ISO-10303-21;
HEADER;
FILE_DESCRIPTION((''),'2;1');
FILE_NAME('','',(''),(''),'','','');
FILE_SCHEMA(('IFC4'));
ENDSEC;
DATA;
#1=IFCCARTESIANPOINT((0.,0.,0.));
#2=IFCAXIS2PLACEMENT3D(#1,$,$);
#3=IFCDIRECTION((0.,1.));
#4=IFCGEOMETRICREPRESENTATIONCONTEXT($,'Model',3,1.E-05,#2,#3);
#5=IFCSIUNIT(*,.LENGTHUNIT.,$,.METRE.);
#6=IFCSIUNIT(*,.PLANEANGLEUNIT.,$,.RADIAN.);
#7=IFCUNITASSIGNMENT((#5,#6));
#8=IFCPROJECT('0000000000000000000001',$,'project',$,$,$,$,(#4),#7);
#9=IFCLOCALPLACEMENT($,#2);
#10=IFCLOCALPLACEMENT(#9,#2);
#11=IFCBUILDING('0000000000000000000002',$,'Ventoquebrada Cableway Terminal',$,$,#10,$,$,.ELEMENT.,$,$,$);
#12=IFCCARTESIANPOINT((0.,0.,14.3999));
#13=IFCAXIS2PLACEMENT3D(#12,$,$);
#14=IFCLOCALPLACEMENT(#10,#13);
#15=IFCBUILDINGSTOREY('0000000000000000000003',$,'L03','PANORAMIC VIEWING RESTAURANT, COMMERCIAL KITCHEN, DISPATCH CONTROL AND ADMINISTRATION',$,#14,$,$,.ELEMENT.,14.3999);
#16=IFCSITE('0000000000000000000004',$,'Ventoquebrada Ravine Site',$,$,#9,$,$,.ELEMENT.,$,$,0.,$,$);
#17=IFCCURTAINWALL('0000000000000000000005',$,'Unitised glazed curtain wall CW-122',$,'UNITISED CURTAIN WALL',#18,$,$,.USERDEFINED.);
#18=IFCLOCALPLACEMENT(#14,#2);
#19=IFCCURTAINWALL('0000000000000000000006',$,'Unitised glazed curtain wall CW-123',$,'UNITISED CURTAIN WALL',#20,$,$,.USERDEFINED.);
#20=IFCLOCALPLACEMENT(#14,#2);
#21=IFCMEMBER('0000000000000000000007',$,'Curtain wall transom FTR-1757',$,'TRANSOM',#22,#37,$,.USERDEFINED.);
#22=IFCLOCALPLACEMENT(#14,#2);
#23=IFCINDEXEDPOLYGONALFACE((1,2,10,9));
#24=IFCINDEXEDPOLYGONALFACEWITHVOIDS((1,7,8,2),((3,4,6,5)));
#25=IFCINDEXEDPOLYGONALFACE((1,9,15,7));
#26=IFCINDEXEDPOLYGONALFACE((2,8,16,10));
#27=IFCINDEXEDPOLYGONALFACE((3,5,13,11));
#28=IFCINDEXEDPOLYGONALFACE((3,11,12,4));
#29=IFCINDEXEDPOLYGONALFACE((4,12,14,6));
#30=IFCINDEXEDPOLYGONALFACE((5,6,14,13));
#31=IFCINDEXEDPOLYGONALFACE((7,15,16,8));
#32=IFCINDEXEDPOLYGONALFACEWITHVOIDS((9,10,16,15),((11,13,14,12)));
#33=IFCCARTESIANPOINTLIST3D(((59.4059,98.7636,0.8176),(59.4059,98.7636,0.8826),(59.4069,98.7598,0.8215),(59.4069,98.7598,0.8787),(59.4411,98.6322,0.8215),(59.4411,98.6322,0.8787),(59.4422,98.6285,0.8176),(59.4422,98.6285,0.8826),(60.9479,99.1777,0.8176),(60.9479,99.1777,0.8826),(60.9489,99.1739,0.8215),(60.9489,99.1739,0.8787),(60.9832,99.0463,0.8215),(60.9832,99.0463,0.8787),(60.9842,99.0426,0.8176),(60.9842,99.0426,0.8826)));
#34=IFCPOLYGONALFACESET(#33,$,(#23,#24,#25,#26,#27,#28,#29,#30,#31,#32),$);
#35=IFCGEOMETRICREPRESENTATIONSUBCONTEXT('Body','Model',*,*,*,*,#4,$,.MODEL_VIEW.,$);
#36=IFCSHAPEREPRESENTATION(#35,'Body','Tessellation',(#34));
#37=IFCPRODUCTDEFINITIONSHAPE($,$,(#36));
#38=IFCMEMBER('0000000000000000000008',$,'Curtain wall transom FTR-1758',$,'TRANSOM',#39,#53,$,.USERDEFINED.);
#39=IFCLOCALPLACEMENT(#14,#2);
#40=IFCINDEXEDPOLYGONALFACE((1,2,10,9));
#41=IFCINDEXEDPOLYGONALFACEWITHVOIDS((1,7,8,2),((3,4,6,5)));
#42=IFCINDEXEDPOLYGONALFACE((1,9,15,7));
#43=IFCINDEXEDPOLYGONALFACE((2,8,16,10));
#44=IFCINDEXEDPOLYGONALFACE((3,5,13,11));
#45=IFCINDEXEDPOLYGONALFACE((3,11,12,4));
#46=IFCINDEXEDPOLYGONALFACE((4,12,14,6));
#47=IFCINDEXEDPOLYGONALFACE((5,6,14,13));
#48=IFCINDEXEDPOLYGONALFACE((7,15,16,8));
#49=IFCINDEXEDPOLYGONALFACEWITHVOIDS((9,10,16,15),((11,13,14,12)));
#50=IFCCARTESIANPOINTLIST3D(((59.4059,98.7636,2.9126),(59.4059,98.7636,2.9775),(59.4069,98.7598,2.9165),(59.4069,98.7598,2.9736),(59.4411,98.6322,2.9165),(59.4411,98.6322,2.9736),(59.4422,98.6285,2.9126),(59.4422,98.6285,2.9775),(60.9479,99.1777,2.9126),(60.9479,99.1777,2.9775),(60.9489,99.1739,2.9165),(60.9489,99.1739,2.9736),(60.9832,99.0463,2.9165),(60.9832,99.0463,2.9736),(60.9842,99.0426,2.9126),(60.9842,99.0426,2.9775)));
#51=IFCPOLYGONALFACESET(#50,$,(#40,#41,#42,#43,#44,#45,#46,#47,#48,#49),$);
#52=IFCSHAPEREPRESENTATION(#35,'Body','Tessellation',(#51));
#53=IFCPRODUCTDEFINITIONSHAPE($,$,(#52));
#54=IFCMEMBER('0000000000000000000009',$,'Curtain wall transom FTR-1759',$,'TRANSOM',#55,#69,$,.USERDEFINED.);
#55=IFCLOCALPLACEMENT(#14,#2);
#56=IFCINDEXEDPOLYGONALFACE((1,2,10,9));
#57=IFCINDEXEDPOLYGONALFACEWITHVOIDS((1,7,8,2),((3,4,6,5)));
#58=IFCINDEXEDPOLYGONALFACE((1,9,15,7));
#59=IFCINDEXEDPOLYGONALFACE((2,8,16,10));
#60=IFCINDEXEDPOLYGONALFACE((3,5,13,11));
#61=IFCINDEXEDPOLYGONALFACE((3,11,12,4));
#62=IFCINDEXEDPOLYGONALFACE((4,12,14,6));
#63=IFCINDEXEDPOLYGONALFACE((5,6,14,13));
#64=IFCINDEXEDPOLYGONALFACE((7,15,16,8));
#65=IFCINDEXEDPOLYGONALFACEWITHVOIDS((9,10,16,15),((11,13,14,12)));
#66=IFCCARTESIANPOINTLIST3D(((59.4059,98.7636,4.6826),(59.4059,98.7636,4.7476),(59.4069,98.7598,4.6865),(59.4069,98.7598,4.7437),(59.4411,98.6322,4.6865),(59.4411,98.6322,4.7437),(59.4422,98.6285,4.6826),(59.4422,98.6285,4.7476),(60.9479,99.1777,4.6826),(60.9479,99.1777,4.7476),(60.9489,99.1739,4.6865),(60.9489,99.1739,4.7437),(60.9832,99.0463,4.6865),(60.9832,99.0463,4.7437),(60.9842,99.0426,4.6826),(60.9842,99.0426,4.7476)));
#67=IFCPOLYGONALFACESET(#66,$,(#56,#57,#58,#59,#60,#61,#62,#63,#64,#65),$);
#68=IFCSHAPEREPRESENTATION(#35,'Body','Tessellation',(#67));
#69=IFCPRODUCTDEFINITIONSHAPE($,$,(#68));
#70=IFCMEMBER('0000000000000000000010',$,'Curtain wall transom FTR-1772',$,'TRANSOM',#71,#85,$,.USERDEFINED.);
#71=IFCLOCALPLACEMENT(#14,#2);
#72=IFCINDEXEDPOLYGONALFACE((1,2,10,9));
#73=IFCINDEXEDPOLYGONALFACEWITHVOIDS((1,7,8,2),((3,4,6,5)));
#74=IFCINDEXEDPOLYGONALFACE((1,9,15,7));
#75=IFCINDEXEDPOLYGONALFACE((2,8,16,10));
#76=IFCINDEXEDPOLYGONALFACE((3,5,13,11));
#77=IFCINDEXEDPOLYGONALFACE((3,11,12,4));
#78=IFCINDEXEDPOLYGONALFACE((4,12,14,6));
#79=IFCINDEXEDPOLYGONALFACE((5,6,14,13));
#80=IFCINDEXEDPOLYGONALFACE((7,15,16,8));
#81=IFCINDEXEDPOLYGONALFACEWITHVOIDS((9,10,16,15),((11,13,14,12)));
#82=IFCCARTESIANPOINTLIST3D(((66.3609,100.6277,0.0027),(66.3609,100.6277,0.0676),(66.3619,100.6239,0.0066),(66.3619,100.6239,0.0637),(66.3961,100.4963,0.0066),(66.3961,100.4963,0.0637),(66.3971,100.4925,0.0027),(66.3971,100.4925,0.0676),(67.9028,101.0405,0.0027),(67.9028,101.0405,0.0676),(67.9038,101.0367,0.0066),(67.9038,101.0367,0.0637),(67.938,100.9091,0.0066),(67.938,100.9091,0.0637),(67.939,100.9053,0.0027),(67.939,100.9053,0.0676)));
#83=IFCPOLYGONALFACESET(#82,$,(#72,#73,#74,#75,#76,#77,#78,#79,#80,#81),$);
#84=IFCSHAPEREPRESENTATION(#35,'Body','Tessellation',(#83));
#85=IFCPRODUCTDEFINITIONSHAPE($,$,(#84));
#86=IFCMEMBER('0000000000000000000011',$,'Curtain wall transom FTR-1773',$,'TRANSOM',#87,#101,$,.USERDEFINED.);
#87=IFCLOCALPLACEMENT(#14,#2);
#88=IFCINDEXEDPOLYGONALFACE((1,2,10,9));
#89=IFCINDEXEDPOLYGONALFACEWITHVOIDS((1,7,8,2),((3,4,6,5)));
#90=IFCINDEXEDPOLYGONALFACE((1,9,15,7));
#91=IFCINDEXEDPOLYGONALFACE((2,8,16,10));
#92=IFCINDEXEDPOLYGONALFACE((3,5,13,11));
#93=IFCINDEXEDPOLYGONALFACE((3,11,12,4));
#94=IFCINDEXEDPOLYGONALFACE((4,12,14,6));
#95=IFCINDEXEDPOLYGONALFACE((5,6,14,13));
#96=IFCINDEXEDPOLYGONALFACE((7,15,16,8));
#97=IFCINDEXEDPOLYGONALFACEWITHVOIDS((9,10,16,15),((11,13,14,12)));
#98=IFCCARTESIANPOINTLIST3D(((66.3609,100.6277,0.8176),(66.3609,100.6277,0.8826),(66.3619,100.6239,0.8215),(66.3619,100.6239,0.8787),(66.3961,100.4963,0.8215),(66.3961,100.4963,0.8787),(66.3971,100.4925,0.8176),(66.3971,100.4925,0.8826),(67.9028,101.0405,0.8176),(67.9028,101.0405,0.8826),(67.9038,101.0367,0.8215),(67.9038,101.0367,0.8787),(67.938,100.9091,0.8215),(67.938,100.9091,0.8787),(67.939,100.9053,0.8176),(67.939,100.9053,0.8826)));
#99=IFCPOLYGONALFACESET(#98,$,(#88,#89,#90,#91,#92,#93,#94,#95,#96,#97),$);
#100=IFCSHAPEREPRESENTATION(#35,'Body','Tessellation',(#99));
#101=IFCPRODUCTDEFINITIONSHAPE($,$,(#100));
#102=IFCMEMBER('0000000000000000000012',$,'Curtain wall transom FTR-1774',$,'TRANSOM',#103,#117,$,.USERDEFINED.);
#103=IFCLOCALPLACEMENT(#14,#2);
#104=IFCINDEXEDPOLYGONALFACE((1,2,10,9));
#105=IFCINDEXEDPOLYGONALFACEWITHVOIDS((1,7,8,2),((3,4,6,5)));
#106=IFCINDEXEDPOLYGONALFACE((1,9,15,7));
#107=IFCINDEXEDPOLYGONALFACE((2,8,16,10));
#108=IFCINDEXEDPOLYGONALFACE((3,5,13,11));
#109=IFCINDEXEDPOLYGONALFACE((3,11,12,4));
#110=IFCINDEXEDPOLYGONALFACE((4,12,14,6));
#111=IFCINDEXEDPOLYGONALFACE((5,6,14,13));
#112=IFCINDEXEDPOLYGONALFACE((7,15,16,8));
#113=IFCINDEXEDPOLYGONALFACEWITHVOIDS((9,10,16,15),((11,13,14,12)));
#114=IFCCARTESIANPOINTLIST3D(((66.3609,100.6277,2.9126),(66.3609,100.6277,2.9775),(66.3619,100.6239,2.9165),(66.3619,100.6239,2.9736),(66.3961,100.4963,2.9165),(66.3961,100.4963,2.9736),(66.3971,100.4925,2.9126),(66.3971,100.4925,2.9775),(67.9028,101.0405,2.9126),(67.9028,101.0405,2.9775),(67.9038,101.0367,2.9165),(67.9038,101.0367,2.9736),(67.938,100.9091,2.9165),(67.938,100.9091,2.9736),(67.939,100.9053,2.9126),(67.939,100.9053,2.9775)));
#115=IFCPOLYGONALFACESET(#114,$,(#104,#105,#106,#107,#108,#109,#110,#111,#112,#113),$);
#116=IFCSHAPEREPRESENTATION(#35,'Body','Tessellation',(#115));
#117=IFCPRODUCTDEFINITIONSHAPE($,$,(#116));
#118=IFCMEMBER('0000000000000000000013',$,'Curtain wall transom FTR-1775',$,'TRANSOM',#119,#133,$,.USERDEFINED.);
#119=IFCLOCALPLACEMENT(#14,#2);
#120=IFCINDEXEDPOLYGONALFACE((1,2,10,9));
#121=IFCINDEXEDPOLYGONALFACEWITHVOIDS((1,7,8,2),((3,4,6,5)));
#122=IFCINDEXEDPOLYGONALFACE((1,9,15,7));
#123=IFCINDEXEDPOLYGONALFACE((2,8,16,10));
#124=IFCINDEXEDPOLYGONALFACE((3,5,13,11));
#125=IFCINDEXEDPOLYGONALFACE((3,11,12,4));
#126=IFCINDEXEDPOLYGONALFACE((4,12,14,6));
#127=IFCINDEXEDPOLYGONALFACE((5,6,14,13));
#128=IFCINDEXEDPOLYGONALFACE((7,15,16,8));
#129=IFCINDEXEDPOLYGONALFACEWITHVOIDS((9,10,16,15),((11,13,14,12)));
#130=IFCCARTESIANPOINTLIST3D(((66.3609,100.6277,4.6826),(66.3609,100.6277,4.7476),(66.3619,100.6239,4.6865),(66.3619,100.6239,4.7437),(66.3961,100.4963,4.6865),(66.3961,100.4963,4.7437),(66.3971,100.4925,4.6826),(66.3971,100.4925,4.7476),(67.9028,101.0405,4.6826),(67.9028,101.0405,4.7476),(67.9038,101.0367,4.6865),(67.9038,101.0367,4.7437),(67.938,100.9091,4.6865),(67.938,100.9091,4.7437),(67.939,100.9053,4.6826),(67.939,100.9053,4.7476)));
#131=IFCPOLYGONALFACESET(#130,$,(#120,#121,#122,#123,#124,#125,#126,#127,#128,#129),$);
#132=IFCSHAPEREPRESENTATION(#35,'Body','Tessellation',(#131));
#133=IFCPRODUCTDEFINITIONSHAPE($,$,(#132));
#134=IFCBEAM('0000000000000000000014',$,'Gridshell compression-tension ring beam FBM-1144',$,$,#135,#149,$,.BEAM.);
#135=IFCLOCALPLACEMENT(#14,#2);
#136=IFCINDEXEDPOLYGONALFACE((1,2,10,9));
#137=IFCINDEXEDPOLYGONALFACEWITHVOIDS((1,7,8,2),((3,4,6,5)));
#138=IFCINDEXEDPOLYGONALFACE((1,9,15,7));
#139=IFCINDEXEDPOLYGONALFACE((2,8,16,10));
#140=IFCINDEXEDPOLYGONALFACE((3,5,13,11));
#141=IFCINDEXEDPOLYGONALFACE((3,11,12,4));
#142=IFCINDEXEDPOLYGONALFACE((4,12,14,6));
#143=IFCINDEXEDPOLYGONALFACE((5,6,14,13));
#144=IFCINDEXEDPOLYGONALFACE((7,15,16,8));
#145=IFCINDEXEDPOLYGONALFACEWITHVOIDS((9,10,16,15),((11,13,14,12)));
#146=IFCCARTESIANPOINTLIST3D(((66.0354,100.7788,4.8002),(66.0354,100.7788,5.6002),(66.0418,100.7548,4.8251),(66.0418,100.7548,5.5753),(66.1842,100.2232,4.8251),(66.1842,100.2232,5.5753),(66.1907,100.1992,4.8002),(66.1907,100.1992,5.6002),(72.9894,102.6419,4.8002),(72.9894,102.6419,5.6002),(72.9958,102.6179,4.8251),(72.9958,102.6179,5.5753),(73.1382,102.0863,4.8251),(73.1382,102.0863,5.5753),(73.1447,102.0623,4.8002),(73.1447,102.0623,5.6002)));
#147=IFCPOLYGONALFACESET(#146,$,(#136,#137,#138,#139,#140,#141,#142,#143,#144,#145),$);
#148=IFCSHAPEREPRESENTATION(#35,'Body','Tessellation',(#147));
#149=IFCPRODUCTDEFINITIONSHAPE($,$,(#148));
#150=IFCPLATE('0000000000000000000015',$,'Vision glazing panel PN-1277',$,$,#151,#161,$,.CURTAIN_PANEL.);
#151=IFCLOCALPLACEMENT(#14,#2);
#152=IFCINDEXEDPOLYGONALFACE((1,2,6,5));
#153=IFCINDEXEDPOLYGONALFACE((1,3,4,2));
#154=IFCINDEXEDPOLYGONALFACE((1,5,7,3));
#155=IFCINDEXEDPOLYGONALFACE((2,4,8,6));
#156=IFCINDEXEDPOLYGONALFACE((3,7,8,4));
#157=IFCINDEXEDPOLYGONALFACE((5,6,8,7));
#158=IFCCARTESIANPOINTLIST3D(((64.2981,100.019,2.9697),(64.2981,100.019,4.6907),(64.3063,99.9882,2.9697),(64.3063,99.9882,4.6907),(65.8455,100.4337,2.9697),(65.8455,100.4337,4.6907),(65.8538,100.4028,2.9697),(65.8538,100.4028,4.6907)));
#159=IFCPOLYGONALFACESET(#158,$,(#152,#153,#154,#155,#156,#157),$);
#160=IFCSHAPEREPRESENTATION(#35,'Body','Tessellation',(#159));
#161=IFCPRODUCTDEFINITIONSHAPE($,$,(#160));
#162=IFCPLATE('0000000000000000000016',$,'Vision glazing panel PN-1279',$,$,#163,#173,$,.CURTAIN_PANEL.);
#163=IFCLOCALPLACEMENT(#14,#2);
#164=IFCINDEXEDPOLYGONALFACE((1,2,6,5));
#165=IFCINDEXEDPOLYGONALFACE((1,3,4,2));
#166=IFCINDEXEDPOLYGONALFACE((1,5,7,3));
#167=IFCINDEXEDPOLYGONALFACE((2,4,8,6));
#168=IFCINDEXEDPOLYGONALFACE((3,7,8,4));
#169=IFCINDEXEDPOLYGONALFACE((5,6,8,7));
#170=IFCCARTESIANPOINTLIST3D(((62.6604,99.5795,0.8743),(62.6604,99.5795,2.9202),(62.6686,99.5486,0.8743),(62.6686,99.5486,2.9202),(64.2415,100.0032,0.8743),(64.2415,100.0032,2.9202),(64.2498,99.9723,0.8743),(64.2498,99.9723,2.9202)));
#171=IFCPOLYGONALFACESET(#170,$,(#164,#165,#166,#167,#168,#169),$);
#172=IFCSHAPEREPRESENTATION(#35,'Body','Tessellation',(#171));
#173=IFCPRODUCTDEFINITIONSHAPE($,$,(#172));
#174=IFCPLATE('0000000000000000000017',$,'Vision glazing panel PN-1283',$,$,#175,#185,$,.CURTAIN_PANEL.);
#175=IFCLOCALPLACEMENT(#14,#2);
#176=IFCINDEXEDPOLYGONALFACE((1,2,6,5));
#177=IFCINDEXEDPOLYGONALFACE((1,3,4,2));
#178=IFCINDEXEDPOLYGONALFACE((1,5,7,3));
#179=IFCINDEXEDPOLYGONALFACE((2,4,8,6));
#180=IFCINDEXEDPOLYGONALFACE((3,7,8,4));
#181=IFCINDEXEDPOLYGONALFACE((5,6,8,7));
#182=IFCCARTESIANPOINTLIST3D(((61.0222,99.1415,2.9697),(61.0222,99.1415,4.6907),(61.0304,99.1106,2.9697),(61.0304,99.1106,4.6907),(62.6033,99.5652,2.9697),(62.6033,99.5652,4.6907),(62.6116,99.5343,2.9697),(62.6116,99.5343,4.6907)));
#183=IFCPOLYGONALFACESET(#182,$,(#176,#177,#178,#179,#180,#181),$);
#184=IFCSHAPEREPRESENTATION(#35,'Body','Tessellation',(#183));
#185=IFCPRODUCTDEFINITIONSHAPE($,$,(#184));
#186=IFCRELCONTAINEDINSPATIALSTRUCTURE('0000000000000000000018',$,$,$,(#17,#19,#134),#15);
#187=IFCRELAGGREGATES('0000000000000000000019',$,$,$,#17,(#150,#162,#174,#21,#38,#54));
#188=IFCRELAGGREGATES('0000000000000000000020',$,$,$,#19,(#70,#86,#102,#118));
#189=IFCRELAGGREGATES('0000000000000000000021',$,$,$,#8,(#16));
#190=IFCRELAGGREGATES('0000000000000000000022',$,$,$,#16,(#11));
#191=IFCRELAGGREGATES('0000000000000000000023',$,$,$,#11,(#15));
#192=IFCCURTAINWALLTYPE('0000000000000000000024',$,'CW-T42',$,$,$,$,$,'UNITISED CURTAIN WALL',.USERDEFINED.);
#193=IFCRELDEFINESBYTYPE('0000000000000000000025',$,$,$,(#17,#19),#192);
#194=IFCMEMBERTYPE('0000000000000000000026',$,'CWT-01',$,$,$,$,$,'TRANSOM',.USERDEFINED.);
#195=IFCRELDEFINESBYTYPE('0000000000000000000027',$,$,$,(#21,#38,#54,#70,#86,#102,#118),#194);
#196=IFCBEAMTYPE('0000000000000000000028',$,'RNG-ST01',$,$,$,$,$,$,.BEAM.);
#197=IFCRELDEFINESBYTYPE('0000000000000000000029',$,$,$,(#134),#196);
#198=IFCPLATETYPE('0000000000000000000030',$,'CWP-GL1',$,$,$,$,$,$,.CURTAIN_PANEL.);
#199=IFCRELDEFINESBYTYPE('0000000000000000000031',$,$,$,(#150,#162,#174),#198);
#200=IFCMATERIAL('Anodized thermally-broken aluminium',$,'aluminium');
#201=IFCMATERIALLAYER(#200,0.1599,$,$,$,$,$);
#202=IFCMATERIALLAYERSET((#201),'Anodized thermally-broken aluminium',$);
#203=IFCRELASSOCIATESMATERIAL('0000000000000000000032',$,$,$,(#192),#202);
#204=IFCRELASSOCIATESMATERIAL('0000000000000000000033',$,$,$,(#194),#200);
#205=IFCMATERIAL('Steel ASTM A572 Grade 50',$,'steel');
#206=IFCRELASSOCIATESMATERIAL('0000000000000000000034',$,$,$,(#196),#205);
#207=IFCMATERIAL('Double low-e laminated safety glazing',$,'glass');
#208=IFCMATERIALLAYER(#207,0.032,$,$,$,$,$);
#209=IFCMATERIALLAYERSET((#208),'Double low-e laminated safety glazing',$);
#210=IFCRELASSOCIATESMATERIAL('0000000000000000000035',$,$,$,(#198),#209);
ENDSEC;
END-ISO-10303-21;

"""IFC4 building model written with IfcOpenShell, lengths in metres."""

from ifc_helpers import new_model, si_unit, direction, frame, origin, origin_2d, place, context, subcontext, project, spatial, rectangle, hollow_rectangle, extrude, material, layer, layer_set, material_profile, profile_set, type_object, element, aggregate, save


model = new_model("IFC4")

# Units and contexts
model_context = context("Model", 3, precision=1e-05, world=origin(), true_north=direction((0.0, 1.0)))
body_context = subcontext(model_context, "Body", "Model", "MODEL_VIEW")
ifc_project = project(units=[si_unit("LENGTHUNIT", "METRE"), si_unit("PLANEANGLEUNIT", "RADIAN")], contexts=[model_context])

# Site, building, storey
site_placement = place(None, origin())
site = spatial("IfcSite", under=ifc_project, at=site_placement, Name="Ventoquebrada Ravine Site", CompositionType="ELEMENT", RefElevation=0.0)
building_placement = place(site_placement, origin())
building = spatial("IfcBuilding", under=site, at=building_placement, Name="Ventoquebrada Cableway Terminal", CompositionType="ELEMENT")
storey_placement = place(building_placement, frame((0.0, 0.0, 14.3999)))
storey = spatial("IfcBuildingStorey", under=building, at=storey_placement, Name="L03", Description="PANORAMIC VIEWING RESTAURANT, COMMERCIAL KITCHEN, DISPATCH CONTROL AND ADMINISTRATION", CompositionType="ELEMENT", Elevation=14.3999)

# Curtain wall
ifc_material_1 = material(Name="Anodized thermally-broken aluminium", Category="aluminium")
ifc_layer_1 = layer(ifc_material_1, 0.1599)
ifc_layer_set_1 = layer_set([ifc_layer_1], Name="Anodized thermally-broken aluminium")
curtain_wall_type = type_object("IfcCurtainWallType", Name="CW-T42", ElementType="UNITISED CURTAIN WALL", PredefinedType="USERDEFINED", material=ifc_layer_set_1)
curtain_wall_1_placement = place(storey_placement, origin())
curtain_wall_1 = element("IfcCurtainWall", 1, at=curtain_wall_1_placement, inside=storey, type_object=curtain_wall_type, Name="Unitised glazed curtain wall CW-122", ObjectType="UNITISED CURTAIN WALL", PredefinedType="USERDEFINED")

# Curtain wall
curtain_wall_2_placement = place(storey_placement, origin())
curtain_wall_2 = element("IfcCurtainWall", 2, at=curtain_wall_2_placement, inside=storey, type_object=curtain_wall_type, Name="Unitised glazed curtain wall CW-123", ObjectType="UNITISED CURTAIN WALL", PredefinedType="USERDEFINED")

# Members
ifc_material_profile_1 = material_profile(ifc_material_1, hollow_rectangle(XDim=0.0649, YDim=0.1399, WallThickness=0.0039, at=origin_2d()), Name="CW-TRN-65X140")
ifc_profile_set_1 = profile_set([ifc_material_profile_1], Name="Anodized thermally-broken aluminium")
member_type_1 = type_object("IfcMemberType", Name="CWT-01", ElementType="TRANSOM", PredefinedType="USERDEFINED", material=ifc_profile_set_1)
member_1_placement = place(storey_placement, frame((60.9661, 99.1101, 0.8501), z_axis=(-0.965787, -0.259337, 0.0), x_axis=(0.0, 0.0, 1.0)))
member_1 = element("IfcMember", 3, at=member_1_placement, type_object=member_type_1, Name="Curtain wall transom FTR-1757", ObjectType="TRANSOM", PredefinedType="USERDEFINED", context=body_context, shape_type="SweptSolid", body=[
    extrude(hollow_rectangle(XDim=0.0649, YDim=0.1399, WallThickness=0.0039, at=origin_2d()), origin(), (0.0, 0.0, 1.0), 1.5967),
])
member_2_placement = place(storey_placement, frame((60.9661, 99.1101, 2.9451), z_axis=(-0.965787, -0.259337, 0.0), x_axis=(0.0, 0.0, 1.0)))
member_2 = element("IfcMember", 4, at=member_2_placement, type_object=member_type_1, Name="Curtain wall transom FTR-1758", ObjectType="TRANSOM", PredefinedType="USERDEFINED", context=body_context, shape_type="SweptSolid", body=[
    extrude(hollow_rectangle(XDim=0.0649, YDim=0.1399, WallThickness=0.0039, at=origin_2d()), origin(), (0.0, 0.0, 1.0), 1.5967),
])
member_3_placement = place(storey_placement, frame((60.9661, 99.1101, 4.7151), z_axis=(-0.965787, -0.259337, 0.0), x_axis=(0.0, 0.0, 1.0)))
member_3 = element("IfcMember", 5, at=member_3_placement, type_object=member_type_1, Name="Curtain wall transom FTR-1759", ObjectType="TRANSOM", PredefinedType="USERDEFINED", context=body_context, shape_type="SweptSolid", body=[
    extrude(hollow_rectangle(XDim=0.0649, YDim=0.1399, WallThickness=0.0039, at=origin_2d()), origin(), (0.0, 0.0, 1.0), 1.5967),
])
member_4_placement = place(storey_placement, frame((67.9209, 100.9729, 0.0352), z_axis=(-0.965978, -0.258624, 0.0), x_axis=(0.0, 0.0, 1.0)))
member_4 = element("IfcMember", 6, at=member_4_placement, type_object=member_type_1, Name="Curtain wall transom FTR-1772", ObjectType="TRANSOM", PredefinedType="USERDEFINED", context=body_context, shape_type="SweptSolid", body=[
    extrude(hollow_rectangle(XDim=0.0649, YDim=0.1399, WallThickness=0.0039, at=origin_2d()), origin(), (0.0, 0.0, 1.0), 1.5962),
])
member_5_placement = place(storey_placement, frame((67.9209, 100.9729, 0.8501), z_axis=(-0.965978, -0.258624, 0.0), x_axis=(0.0, 0.0, 1.0)))
member_5 = element("IfcMember", 7, at=member_5_placement, type_object=member_type_1, Name="Curtain wall transom FTR-1773", ObjectType="TRANSOM", PredefinedType="USERDEFINED", context=body_context, shape_type="SweptSolid", body=[
    extrude(hollow_rectangle(XDim=0.0649, YDim=0.1399, WallThickness=0.0039, at=origin_2d()), origin(), (0.0, 0.0, 1.0), 1.5962),
])
member_6_placement = place(storey_placement, frame((67.9209, 100.9729, 2.9451), z_axis=(-0.965978, -0.258624, 0.0), x_axis=(0.0, 0.0, 1.0)))
member_6 = element("IfcMember", 8, at=member_6_placement, type_object=member_type_1, Name="Curtain wall transom FTR-1774", ObjectType="TRANSOM", PredefinedType="USERDEFINED", context=body_context, shape_type="SweptSolid", body=[
    extrude(hollow_rectangle(XDim=0.0649, YDim=0.1399, WallThickness=0.0039, at=origin_2d()), origin(), (0.0, 0.0, 1.0), 1.5962),
])
member_7_placement = place(storey_placement, frame((67.9209, 100.9729, 4.7151), z_axis=(-0.965978, -0.258624, 0.0), x_axis=(0.0, 0.0, 1.0)))
member_7 = element("IfcMember", 9, at=member_7_placement, type_object=member_type_1, Name="Curtain wall transom FTR-1775", ObjectType="TRANSOM", PredefinedType="USERDEFINED", context=body_context, shape_type="SweptSolid", body=[
    extrude(hollow_rectangle(XDim=0.0649, YDim=0.1399, WallThickness=0.0039, at=origin_2d()), origin(), (0.0, 0.0, 1.0), 1.5962),
])

# Beam
ifc_material_2 = material(Name="Steel ASTM A572 Grade 50", Category="steel")
ifc_material_profile_2 = material_profile(ifc_material_2, hollow_rectangle(XDim=0.6001, YDim=0.8, WallThickness=0.0249, at=origin_2d()), Name="BOX600X800X25")
ifc_profile_set_2 = profile_set([ifc_material_profile_2], Name="Steel ASTM A572 Grade 50")
beam_type = type_object("IfcBeamType", Name="RNG-ST01", PredefinedType="BEAM", material=ifc_profile_set_2)
beam_placement = place(storey_placement, frame((66.113, 100.489, 5.2002), z_axis=(0.965934, 0.258788, 0.0), x_axis=(-0.258788, 0.965934, 0.0)))
element("IfcBeam", 10, at=beam_placement, inside=storey, type_object=beam_type, Name="Gridshell compression-tension ring beam FBM-1144", PredefinedType="BEAM", context=body_context, shape_type="SweptSolid", body=[
    extrude(hollow_rectangle(XDim=0.6001, YDim=0.8, WallThickness=0.0249, at=origin_2d()), origin(), (0.0, 0.0, 1.0), 7.1992),
])

# Plates
ifc_material_3 = material(Name="Double low-e laminated safety glazing", Category="glass")
ifc_layer_2 = layer(ifc_material_3, 0.032)
ifc_layer_set_2 = layer_set([ifc_layer_2], Name="Double low-e laminated safety glazing")
plate_type_1 = type_object("IfcPlateType", Name="CWP-GL1", PredefinedType="CURTAIN_PANEL", material=ifc_layer_set_2)
plate_1_placement = place(storey_placement, frame((65.0759, 100.2109, 2.9697), z_axis=(0.0, 0.0, 1.0), x_axis=(-0.965921, -0.258836, 0.0)))
plate_1 = element("IfcPlate", 11, at=plate_1_placement, type_object=plate_type_1, Name="Vision glazing panel PN-1277", PredefinedType="CURTAIN_PANEL", context=body_context, shape_type="SweptSolid", body=[
    extrude(rectangle(XDim=1.6021, YDim=0.032, at=origin_2d()), origin(), (0.0, 0.0, 1.0), 1.7209),
])
plate_2_placement = place(storey_placement, frame((63.4551, 99.7759, 0.8743), z_axis=(0.0, 0.0, 1.0), x_axis=(-0.965921, -0.258836, 0.0)))
plate_2 = element("IfcPlate", 12, at=plate_2_placement, type_object=plate_type_1, Name="Vision glazing panel PN-1279", PredefinedType="CURTAIN_PANEL", context=body_context, shape_type="SweptSolid", body=[
    extrude(rectangle(XDim=1.637, YDim=0.032, at=origin_2d()), origin(), (0.0, 0.0, 1.0), 2.0459),
])
plate_3_placement = place(storey_placement, frame((61.8169, 99.3379, 2.9697), z_axis=(0.0, 0.0, 1.0), x_axis=(-0.965921, -0.258836, 0.0)))
plate_3 = element("IfcPlate", 13, at=plate_3_placement, type_object=plate_type_1, Name="Vision glazing panel PN-1283", PredefinedType="CURTAIN_PANEL", context=body_context, shape_type="SweptSolid", body=[
    extrude(rectangle(XDim=1.637, YDim=0.032, at=origin_2d()), origin(), (0.0, 0.0, 1.0), 1.7209),
])
aggregate(curtain_wall_1, [plate_1, plate_2, plate_3, member_1, member_2, member_3])
aggregate(curtain_wall_2, [member_4, member_5, member_6, member_7])

save(model, "model.ifc")
